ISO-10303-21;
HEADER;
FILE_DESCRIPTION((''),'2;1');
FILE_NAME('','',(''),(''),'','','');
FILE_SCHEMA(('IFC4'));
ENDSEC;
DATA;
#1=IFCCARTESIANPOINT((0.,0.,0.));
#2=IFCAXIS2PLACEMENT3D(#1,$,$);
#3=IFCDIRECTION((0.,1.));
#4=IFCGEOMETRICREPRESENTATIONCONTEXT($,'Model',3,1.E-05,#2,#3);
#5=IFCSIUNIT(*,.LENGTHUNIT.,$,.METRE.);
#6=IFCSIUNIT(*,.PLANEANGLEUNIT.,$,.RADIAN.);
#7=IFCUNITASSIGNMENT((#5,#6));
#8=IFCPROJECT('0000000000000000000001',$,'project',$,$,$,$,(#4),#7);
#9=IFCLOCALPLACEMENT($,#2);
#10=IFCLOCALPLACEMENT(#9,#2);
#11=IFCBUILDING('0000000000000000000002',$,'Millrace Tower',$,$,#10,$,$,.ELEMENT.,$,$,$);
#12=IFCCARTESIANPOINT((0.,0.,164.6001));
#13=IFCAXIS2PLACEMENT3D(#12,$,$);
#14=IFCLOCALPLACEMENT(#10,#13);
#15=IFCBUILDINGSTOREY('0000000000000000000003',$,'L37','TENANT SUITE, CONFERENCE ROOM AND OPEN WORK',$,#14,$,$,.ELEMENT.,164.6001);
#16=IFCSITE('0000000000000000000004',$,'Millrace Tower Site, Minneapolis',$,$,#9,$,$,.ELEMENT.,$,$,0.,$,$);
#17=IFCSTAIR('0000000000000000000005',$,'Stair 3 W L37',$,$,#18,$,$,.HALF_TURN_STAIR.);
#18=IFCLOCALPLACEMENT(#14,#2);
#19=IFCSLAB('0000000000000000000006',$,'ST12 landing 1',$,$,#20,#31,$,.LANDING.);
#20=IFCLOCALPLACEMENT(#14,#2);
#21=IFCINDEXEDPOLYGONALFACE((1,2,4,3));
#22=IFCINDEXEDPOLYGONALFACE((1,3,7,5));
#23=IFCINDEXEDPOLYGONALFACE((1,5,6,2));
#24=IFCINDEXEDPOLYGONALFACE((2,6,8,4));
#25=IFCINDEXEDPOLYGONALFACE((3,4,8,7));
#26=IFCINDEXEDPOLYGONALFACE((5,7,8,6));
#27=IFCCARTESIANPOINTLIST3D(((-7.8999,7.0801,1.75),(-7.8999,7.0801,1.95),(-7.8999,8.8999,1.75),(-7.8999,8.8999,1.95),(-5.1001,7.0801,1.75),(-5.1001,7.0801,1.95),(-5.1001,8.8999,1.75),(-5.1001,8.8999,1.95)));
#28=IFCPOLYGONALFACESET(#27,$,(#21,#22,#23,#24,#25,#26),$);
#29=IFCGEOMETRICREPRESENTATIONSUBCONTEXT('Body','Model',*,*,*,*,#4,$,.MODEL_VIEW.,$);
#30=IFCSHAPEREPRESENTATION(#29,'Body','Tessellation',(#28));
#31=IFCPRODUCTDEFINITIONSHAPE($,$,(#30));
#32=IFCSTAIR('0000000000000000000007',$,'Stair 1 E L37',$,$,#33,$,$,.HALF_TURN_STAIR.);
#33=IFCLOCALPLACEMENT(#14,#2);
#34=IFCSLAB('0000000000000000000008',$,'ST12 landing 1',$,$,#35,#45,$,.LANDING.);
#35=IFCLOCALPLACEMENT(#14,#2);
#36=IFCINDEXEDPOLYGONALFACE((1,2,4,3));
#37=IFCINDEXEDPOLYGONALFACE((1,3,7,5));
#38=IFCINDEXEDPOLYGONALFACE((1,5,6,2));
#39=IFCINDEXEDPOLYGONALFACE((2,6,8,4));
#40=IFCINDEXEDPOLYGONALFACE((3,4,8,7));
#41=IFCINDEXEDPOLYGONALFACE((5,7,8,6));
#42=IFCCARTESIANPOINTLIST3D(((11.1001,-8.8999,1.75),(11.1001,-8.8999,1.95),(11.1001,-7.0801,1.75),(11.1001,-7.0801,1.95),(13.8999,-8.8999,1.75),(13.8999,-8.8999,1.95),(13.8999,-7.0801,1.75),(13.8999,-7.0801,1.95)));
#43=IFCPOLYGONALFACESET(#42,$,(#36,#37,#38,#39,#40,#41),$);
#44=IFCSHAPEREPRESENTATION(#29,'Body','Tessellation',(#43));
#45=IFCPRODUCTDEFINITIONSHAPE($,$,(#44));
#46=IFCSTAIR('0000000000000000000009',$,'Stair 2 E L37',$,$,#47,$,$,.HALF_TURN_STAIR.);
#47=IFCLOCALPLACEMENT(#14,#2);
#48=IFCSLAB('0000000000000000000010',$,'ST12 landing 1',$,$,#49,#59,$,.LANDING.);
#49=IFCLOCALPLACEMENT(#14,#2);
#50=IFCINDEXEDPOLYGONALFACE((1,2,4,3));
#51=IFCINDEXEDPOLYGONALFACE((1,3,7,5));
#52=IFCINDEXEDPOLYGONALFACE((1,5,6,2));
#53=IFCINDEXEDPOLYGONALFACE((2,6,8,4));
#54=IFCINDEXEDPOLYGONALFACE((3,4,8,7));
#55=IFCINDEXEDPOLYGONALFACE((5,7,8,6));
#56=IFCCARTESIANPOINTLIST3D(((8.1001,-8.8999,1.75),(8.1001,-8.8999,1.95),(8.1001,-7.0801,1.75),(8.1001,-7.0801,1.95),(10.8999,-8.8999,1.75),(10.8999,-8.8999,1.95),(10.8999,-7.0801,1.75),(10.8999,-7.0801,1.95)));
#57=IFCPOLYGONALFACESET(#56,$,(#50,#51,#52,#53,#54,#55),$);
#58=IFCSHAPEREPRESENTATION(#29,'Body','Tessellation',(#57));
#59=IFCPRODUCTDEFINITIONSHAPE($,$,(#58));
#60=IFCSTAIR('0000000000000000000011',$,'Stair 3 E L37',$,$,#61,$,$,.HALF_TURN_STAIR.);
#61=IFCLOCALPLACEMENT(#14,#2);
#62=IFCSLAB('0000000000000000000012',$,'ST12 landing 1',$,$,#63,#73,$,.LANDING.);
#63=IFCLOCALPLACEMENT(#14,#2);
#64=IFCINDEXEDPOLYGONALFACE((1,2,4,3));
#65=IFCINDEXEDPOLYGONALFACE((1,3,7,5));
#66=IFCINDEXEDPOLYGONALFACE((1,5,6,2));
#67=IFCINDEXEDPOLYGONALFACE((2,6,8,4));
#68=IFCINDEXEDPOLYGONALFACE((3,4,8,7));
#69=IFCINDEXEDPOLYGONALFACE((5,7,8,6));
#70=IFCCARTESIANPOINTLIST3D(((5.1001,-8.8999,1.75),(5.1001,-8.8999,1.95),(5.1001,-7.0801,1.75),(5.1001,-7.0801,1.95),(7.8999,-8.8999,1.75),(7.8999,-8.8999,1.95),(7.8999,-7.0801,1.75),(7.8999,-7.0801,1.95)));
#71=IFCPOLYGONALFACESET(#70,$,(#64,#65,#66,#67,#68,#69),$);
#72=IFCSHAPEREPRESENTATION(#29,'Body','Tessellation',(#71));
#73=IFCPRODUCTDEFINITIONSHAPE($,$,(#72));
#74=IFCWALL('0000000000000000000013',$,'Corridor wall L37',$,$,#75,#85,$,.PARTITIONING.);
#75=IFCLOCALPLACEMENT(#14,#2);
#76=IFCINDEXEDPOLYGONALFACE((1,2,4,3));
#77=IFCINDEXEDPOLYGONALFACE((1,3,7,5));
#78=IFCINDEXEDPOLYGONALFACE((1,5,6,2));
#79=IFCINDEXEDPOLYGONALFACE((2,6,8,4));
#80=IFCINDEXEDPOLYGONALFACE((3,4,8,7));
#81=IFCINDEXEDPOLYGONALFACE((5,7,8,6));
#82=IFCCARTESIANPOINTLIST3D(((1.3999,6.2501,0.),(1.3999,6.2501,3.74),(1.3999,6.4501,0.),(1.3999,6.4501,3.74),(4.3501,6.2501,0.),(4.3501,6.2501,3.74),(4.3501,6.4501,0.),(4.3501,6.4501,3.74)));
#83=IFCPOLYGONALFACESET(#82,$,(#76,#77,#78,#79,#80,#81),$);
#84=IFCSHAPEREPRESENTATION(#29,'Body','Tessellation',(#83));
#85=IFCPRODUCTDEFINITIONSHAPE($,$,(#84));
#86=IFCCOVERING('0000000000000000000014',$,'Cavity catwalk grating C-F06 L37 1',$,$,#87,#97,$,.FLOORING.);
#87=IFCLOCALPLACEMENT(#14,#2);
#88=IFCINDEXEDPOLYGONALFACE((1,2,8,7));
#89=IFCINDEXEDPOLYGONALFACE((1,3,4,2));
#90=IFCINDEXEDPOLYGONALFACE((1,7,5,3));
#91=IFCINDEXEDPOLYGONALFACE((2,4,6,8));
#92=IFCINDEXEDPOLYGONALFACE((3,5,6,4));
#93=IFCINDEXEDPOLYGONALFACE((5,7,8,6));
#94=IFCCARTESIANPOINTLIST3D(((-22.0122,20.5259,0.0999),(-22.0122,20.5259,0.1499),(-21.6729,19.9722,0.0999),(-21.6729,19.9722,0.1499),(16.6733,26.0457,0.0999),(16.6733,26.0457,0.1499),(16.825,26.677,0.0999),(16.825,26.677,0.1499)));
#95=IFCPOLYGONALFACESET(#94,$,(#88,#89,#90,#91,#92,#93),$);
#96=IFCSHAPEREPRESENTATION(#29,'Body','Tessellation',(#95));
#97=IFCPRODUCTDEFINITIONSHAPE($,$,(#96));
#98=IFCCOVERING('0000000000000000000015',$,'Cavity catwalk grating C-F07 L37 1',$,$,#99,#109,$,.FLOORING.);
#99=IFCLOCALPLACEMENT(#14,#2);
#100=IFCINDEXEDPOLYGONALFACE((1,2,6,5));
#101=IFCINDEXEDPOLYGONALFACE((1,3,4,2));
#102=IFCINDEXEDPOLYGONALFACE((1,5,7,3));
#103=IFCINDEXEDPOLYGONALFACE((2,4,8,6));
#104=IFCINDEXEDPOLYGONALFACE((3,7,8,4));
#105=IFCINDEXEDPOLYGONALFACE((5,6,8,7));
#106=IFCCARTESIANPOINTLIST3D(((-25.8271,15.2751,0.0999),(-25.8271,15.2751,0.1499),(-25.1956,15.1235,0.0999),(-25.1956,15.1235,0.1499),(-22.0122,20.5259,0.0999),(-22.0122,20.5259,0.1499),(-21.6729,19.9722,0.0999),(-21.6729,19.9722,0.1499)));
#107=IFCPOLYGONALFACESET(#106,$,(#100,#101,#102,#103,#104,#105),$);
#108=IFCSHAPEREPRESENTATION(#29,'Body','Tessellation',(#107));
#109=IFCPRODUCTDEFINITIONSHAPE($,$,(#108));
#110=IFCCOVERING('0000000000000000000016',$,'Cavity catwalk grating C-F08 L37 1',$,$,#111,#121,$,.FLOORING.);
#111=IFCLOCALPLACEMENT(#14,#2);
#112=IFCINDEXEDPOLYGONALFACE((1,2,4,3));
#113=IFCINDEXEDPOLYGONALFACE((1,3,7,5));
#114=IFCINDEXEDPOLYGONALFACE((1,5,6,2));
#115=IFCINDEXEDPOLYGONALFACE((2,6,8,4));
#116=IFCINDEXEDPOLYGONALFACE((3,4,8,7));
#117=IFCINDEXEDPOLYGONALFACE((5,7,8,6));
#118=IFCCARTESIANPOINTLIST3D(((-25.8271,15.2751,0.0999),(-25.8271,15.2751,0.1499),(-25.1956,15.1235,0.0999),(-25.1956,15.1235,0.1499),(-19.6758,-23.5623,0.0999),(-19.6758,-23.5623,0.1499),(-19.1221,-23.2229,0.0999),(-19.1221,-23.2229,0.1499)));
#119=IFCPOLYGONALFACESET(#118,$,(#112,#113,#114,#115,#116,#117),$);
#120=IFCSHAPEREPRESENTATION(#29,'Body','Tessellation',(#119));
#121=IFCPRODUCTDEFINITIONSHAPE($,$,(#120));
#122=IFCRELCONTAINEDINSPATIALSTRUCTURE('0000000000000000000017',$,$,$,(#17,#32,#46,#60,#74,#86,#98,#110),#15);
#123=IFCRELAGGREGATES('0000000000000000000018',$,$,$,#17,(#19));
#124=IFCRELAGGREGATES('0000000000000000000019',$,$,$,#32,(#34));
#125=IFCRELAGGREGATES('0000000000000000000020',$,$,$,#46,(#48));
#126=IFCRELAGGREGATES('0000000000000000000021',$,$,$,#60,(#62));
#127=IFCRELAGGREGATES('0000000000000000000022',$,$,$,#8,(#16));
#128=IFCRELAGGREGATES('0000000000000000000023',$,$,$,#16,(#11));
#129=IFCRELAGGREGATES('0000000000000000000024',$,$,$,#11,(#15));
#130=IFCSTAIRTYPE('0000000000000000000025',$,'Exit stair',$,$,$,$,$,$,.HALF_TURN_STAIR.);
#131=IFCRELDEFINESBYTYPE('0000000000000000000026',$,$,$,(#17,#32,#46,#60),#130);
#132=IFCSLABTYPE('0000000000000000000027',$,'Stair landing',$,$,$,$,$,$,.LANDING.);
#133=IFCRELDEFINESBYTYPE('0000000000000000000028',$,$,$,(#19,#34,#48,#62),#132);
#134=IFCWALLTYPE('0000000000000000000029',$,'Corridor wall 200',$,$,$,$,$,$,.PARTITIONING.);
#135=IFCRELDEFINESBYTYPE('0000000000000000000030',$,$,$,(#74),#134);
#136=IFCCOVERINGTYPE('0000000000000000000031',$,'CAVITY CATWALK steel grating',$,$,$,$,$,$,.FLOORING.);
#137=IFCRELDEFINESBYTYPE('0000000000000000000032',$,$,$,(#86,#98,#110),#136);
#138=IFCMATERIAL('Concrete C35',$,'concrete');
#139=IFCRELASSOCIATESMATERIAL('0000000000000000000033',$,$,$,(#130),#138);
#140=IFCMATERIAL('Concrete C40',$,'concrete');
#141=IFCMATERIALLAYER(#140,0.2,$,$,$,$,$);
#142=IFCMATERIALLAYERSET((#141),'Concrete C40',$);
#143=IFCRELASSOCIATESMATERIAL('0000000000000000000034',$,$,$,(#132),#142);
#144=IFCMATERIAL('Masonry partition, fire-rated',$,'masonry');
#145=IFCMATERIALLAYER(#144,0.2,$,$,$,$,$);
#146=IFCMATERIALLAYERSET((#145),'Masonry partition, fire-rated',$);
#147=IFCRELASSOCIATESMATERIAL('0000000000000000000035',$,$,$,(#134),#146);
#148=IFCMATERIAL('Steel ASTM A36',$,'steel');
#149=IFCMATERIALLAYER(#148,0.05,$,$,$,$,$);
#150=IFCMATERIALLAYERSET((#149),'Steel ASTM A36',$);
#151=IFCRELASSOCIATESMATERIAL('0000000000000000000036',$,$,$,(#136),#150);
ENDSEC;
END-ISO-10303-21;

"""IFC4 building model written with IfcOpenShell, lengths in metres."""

from ifc_helpers import new_model, si_unit, direction, frame, frame_2d, origin, place, context, subcontext, project, spatial, polyline, rectangle, outline, extrude, material, layer, layer_set, type_object, element, aggregate, save


model = new_model("IFC4")

# Units and contexts
model_context = context("Model", 3, precision=1e-05, world=origin(), true_north=direction((0.0, 1.0)))
body_context = subcontext(model_context, "Body", "Model", "MODEL_VIEW")
ifc_project = project(units=[si_unit("LENGTHUNIT", "METRE"), si_unit("PLANEANGLEUNIT", "RADIAN")], contexts=[model_context])

# Site, building, storey
site_placement = place(None, origin())
site = spatial("IfcSite", under=ifc_project, at=site_placement, Name="Millrace Tower Site, Minneapolis", CompositionType="ELEMENT", RefElevation=0.0)
building_placement = place(site_placement, origin())
building = spatial("IfcBuilding", under=site, at=building_placement, Name="Millrace Tower", CompositionType="ELEMENT")
storey_placement = place(building_placement, frame((0.0, 0.0, 164.6001)))
storey = spatial("IfcBuildingStorey", under=building, at=storey_placement, Name="L37", Description="TENANT SUITE, CONFERENCE ROOM AND OPEN WORK", CompositionType="ELEMENT", Elevation=164.6001)

# Shared definitions
placement_1 = place(storey_placement, origin())

# Stairs, slabs
ifc_material_1 = material(Name="Concrete C35", Category="concrete")
stair_type = type_object("IfcStairType", Name="Exit stair", PredefinedType="HALF_TURN_STAIR", material=ifc_material_1)
ifc_material_2 = material(Name="Concrete C40", Category="concrete")
ifc_layer_1 = layer(ifc_material_2, 0.2)
ifc_layer_set_1 = layer_set([ifc_layer_1], Name="Concrete C40")
slab_type = type_object("IfcSlabType", Name="Stair landing", PredefinedType="LANDING", material=ifc_layer_set_1)
placement_2 = place(storey_placement, frame((0.0, 0.0, 1.75)))
stair_1 = element("IfcStair", 1, at=placement_1, inside=storey, type_object=stair_type, Name="Stair 3 W L37", PredefinedType="HALF_TURN_STAIR")
slab_1 = element("IfcSlab", 2, at=placement_2, type_object=slab_type, Name="ST12 landing 1", PredefinedType="LANDING", context=body_context, shape_type="SweptSolid", body=[
    extrude(outline(polyline([(-7.8999, 7.0801), (-5.1001, 7.0801), (-5.1001, 8.8999), (-7.8999, 8.8999), (-7.8999, 7.0801)])), origin(), (0.0, 0.0, 1.0), 0.2),
])
aggregate(stair_1, [slab_1])
stair_2 = element("IfcStair", 3, at=placement_1, inside=storey, type_object=stair_type, Name="Stair 1 E L37", PredefinedType="HALF_TURN_STAIR")
slab_2 = element("IfcSlab", 4, at=placement_2, type_object=slab_type, Name="ST12 landing 1", PredefinedType="LANDING", context=body_context, shape_type="SweptSolid", body=[
    extrude(outline(polyline([(11.1001, -8.8999), (13.8999, -8.8999), (13.8999, -7.0801), (11.1001, -7.0801), (11.1001, -8.8999)])), origin(), (0.0, 0.0, 1.0), 0.2),
])
aggregate(stair_2, [slab_2])
stair_3 = element("IfcStair", 5, at=placement_1, inside=storey, type_object=stair_type, Name="Stair 2 E L37", PredefinedType="HALF_TURN_STAIR")
slab_3 = element("IfcSlab", 6, at=placement_2, type_object=slab_type, Name="ST12 landing 1", PredefinedType="LANDING", context=body_context, shape_type="SweptSolid", body=[
    extrude(outline(polyline([(8.1001, -8.8999), (10.8999, -8.8999), (10.8999, -7.0801), (8.1001, -7.0801), (8.1001, -8.8999)])), origin(), (0.0, 0.0, 1.0), 0.2),
])
aggregate(stair_3, [slab_3])
stair_4 = element("IfcStair", 7, at=placement_1, inside=storey, type_object=stair_type, Name="Stair 3 E L37", PredefinedType="HALF_TURN_STAIR")
slab_4 = element("IfcSlab", 8, at=placement_2, type_object=slab_type, Name="ST12 landing 1", PredefinedType="LANDING", context=body_context, shape_type="SweptSolid", body=[
    extrude(outline(polyline([(5.1001, -8.8999), (7.8999, -8.8999), (7.8999, -7.0801), (5.1001, -7.0801), (5.1001, -8.8999)])), origin(), (0.0, 0.0, 1.0), 0.2),
])
aggregate(stair_4, [slab_4])

# Wall
ifc_material_3 = material(Name="Masonry partition, fire-rated", Category="masonry")
ifc_layer_2 = layer(ifc_material_3, 0.2)
ifc_layer_set_2 = layer_set([ifc_layer_2], Name="Masonry partition, fire-rated")
wall_type = type_object("IfcWallType", Name="Corridor wall 200", PredefinedType="PARTITIONING", material=ifc_layer_set_2)
wall_placement = place(storey_placement, frame((1.3999, 6.3501, 0.0), z_axis=(0.0, 0.0, 1.0), x_axis=(1.0, 0.0, 0.0)))
element("IfcWall", 9, at=wall_placement, inside=storey, type_object=wall_type, Name="Corridor wall L37", PredefinedType="PARTITIONING", context=body_context, shape_type="SweptSolid", body=[
    extrude(rectangle(XDim=2.9502, YDim=0.2, at=frame_2d((1.4751, 0.0))), origin(), (0.0, 0.0, 1.0), 3.74),
])

# Coverings
ifc_material_4 = material(Name="Steel ASTM A36", Category="steel")
ifc_layer_3 = layer(ifc_material_4, 0.05)
ifc_layer_set_3 = layer_set([ifc_layer_3], Name="Steel ASTM A36")
covering_type = type_object("IfcCoveringType", Name="CAVITY CATWALK steel grating", PredefinedType="FLOORING", material=ifc_layer_set_3)
placement_3 = place(storey_placement, frame((0.0, 0.0, 0.0999)))
element("IfcCovering", 10, at=placement_3, inside=storey, type_object=covering_type, Name="Cavity catwalk grating C-F06 L37 1", PredefinedType="FLOORING", context=body_context, shape_type="SweptSolid", body=[
    extrude(outline(polyline([(16.825, 26.677), (-22.0122, 20.5259), (-21.6729, 19.9722), (16.6733, 26.0457), (16.825, 26.677)])), origin(), (0.0, 0.0, 1.0), 0.05),
])
element("IfcCovering", 11, at=placement_3, inside=storey, type_object=covering_type, Name="Cavity catwalk grating C-F07 L37 1", PredefinedType="FLOORING", context=body_context, shape_type="SweptSolid", body=[
    extrude(outline(polyline([(-22.0122, 20.5259), (-25.8271, 15.2751), (-25.1956, 15.1235), (-21.6729, 19.9722), (-22.0122, 20.5259)])), origin(), (0.0, 0.0, 1.0), 0.05),
])
element("IfcCovering", 12, at=placement_3, inside=storey, type_object=covering_type, Name="Cavity catwalk grating C-F08 L37 1", PredefinedType="FLOORING", context=body_context, shape_type="SweptSolid", body=[
    extrude(outline(polyline([(-25.8271, 15.2751), (-19.6758, -23.5623), (-19.1221, -23.2229), (-25.1956, 15.1235), (-25.8271, 15.2751)])), origin(), (0.0, 0.0, 1.0), 0.05),
])

save(model, "model.ifc")
